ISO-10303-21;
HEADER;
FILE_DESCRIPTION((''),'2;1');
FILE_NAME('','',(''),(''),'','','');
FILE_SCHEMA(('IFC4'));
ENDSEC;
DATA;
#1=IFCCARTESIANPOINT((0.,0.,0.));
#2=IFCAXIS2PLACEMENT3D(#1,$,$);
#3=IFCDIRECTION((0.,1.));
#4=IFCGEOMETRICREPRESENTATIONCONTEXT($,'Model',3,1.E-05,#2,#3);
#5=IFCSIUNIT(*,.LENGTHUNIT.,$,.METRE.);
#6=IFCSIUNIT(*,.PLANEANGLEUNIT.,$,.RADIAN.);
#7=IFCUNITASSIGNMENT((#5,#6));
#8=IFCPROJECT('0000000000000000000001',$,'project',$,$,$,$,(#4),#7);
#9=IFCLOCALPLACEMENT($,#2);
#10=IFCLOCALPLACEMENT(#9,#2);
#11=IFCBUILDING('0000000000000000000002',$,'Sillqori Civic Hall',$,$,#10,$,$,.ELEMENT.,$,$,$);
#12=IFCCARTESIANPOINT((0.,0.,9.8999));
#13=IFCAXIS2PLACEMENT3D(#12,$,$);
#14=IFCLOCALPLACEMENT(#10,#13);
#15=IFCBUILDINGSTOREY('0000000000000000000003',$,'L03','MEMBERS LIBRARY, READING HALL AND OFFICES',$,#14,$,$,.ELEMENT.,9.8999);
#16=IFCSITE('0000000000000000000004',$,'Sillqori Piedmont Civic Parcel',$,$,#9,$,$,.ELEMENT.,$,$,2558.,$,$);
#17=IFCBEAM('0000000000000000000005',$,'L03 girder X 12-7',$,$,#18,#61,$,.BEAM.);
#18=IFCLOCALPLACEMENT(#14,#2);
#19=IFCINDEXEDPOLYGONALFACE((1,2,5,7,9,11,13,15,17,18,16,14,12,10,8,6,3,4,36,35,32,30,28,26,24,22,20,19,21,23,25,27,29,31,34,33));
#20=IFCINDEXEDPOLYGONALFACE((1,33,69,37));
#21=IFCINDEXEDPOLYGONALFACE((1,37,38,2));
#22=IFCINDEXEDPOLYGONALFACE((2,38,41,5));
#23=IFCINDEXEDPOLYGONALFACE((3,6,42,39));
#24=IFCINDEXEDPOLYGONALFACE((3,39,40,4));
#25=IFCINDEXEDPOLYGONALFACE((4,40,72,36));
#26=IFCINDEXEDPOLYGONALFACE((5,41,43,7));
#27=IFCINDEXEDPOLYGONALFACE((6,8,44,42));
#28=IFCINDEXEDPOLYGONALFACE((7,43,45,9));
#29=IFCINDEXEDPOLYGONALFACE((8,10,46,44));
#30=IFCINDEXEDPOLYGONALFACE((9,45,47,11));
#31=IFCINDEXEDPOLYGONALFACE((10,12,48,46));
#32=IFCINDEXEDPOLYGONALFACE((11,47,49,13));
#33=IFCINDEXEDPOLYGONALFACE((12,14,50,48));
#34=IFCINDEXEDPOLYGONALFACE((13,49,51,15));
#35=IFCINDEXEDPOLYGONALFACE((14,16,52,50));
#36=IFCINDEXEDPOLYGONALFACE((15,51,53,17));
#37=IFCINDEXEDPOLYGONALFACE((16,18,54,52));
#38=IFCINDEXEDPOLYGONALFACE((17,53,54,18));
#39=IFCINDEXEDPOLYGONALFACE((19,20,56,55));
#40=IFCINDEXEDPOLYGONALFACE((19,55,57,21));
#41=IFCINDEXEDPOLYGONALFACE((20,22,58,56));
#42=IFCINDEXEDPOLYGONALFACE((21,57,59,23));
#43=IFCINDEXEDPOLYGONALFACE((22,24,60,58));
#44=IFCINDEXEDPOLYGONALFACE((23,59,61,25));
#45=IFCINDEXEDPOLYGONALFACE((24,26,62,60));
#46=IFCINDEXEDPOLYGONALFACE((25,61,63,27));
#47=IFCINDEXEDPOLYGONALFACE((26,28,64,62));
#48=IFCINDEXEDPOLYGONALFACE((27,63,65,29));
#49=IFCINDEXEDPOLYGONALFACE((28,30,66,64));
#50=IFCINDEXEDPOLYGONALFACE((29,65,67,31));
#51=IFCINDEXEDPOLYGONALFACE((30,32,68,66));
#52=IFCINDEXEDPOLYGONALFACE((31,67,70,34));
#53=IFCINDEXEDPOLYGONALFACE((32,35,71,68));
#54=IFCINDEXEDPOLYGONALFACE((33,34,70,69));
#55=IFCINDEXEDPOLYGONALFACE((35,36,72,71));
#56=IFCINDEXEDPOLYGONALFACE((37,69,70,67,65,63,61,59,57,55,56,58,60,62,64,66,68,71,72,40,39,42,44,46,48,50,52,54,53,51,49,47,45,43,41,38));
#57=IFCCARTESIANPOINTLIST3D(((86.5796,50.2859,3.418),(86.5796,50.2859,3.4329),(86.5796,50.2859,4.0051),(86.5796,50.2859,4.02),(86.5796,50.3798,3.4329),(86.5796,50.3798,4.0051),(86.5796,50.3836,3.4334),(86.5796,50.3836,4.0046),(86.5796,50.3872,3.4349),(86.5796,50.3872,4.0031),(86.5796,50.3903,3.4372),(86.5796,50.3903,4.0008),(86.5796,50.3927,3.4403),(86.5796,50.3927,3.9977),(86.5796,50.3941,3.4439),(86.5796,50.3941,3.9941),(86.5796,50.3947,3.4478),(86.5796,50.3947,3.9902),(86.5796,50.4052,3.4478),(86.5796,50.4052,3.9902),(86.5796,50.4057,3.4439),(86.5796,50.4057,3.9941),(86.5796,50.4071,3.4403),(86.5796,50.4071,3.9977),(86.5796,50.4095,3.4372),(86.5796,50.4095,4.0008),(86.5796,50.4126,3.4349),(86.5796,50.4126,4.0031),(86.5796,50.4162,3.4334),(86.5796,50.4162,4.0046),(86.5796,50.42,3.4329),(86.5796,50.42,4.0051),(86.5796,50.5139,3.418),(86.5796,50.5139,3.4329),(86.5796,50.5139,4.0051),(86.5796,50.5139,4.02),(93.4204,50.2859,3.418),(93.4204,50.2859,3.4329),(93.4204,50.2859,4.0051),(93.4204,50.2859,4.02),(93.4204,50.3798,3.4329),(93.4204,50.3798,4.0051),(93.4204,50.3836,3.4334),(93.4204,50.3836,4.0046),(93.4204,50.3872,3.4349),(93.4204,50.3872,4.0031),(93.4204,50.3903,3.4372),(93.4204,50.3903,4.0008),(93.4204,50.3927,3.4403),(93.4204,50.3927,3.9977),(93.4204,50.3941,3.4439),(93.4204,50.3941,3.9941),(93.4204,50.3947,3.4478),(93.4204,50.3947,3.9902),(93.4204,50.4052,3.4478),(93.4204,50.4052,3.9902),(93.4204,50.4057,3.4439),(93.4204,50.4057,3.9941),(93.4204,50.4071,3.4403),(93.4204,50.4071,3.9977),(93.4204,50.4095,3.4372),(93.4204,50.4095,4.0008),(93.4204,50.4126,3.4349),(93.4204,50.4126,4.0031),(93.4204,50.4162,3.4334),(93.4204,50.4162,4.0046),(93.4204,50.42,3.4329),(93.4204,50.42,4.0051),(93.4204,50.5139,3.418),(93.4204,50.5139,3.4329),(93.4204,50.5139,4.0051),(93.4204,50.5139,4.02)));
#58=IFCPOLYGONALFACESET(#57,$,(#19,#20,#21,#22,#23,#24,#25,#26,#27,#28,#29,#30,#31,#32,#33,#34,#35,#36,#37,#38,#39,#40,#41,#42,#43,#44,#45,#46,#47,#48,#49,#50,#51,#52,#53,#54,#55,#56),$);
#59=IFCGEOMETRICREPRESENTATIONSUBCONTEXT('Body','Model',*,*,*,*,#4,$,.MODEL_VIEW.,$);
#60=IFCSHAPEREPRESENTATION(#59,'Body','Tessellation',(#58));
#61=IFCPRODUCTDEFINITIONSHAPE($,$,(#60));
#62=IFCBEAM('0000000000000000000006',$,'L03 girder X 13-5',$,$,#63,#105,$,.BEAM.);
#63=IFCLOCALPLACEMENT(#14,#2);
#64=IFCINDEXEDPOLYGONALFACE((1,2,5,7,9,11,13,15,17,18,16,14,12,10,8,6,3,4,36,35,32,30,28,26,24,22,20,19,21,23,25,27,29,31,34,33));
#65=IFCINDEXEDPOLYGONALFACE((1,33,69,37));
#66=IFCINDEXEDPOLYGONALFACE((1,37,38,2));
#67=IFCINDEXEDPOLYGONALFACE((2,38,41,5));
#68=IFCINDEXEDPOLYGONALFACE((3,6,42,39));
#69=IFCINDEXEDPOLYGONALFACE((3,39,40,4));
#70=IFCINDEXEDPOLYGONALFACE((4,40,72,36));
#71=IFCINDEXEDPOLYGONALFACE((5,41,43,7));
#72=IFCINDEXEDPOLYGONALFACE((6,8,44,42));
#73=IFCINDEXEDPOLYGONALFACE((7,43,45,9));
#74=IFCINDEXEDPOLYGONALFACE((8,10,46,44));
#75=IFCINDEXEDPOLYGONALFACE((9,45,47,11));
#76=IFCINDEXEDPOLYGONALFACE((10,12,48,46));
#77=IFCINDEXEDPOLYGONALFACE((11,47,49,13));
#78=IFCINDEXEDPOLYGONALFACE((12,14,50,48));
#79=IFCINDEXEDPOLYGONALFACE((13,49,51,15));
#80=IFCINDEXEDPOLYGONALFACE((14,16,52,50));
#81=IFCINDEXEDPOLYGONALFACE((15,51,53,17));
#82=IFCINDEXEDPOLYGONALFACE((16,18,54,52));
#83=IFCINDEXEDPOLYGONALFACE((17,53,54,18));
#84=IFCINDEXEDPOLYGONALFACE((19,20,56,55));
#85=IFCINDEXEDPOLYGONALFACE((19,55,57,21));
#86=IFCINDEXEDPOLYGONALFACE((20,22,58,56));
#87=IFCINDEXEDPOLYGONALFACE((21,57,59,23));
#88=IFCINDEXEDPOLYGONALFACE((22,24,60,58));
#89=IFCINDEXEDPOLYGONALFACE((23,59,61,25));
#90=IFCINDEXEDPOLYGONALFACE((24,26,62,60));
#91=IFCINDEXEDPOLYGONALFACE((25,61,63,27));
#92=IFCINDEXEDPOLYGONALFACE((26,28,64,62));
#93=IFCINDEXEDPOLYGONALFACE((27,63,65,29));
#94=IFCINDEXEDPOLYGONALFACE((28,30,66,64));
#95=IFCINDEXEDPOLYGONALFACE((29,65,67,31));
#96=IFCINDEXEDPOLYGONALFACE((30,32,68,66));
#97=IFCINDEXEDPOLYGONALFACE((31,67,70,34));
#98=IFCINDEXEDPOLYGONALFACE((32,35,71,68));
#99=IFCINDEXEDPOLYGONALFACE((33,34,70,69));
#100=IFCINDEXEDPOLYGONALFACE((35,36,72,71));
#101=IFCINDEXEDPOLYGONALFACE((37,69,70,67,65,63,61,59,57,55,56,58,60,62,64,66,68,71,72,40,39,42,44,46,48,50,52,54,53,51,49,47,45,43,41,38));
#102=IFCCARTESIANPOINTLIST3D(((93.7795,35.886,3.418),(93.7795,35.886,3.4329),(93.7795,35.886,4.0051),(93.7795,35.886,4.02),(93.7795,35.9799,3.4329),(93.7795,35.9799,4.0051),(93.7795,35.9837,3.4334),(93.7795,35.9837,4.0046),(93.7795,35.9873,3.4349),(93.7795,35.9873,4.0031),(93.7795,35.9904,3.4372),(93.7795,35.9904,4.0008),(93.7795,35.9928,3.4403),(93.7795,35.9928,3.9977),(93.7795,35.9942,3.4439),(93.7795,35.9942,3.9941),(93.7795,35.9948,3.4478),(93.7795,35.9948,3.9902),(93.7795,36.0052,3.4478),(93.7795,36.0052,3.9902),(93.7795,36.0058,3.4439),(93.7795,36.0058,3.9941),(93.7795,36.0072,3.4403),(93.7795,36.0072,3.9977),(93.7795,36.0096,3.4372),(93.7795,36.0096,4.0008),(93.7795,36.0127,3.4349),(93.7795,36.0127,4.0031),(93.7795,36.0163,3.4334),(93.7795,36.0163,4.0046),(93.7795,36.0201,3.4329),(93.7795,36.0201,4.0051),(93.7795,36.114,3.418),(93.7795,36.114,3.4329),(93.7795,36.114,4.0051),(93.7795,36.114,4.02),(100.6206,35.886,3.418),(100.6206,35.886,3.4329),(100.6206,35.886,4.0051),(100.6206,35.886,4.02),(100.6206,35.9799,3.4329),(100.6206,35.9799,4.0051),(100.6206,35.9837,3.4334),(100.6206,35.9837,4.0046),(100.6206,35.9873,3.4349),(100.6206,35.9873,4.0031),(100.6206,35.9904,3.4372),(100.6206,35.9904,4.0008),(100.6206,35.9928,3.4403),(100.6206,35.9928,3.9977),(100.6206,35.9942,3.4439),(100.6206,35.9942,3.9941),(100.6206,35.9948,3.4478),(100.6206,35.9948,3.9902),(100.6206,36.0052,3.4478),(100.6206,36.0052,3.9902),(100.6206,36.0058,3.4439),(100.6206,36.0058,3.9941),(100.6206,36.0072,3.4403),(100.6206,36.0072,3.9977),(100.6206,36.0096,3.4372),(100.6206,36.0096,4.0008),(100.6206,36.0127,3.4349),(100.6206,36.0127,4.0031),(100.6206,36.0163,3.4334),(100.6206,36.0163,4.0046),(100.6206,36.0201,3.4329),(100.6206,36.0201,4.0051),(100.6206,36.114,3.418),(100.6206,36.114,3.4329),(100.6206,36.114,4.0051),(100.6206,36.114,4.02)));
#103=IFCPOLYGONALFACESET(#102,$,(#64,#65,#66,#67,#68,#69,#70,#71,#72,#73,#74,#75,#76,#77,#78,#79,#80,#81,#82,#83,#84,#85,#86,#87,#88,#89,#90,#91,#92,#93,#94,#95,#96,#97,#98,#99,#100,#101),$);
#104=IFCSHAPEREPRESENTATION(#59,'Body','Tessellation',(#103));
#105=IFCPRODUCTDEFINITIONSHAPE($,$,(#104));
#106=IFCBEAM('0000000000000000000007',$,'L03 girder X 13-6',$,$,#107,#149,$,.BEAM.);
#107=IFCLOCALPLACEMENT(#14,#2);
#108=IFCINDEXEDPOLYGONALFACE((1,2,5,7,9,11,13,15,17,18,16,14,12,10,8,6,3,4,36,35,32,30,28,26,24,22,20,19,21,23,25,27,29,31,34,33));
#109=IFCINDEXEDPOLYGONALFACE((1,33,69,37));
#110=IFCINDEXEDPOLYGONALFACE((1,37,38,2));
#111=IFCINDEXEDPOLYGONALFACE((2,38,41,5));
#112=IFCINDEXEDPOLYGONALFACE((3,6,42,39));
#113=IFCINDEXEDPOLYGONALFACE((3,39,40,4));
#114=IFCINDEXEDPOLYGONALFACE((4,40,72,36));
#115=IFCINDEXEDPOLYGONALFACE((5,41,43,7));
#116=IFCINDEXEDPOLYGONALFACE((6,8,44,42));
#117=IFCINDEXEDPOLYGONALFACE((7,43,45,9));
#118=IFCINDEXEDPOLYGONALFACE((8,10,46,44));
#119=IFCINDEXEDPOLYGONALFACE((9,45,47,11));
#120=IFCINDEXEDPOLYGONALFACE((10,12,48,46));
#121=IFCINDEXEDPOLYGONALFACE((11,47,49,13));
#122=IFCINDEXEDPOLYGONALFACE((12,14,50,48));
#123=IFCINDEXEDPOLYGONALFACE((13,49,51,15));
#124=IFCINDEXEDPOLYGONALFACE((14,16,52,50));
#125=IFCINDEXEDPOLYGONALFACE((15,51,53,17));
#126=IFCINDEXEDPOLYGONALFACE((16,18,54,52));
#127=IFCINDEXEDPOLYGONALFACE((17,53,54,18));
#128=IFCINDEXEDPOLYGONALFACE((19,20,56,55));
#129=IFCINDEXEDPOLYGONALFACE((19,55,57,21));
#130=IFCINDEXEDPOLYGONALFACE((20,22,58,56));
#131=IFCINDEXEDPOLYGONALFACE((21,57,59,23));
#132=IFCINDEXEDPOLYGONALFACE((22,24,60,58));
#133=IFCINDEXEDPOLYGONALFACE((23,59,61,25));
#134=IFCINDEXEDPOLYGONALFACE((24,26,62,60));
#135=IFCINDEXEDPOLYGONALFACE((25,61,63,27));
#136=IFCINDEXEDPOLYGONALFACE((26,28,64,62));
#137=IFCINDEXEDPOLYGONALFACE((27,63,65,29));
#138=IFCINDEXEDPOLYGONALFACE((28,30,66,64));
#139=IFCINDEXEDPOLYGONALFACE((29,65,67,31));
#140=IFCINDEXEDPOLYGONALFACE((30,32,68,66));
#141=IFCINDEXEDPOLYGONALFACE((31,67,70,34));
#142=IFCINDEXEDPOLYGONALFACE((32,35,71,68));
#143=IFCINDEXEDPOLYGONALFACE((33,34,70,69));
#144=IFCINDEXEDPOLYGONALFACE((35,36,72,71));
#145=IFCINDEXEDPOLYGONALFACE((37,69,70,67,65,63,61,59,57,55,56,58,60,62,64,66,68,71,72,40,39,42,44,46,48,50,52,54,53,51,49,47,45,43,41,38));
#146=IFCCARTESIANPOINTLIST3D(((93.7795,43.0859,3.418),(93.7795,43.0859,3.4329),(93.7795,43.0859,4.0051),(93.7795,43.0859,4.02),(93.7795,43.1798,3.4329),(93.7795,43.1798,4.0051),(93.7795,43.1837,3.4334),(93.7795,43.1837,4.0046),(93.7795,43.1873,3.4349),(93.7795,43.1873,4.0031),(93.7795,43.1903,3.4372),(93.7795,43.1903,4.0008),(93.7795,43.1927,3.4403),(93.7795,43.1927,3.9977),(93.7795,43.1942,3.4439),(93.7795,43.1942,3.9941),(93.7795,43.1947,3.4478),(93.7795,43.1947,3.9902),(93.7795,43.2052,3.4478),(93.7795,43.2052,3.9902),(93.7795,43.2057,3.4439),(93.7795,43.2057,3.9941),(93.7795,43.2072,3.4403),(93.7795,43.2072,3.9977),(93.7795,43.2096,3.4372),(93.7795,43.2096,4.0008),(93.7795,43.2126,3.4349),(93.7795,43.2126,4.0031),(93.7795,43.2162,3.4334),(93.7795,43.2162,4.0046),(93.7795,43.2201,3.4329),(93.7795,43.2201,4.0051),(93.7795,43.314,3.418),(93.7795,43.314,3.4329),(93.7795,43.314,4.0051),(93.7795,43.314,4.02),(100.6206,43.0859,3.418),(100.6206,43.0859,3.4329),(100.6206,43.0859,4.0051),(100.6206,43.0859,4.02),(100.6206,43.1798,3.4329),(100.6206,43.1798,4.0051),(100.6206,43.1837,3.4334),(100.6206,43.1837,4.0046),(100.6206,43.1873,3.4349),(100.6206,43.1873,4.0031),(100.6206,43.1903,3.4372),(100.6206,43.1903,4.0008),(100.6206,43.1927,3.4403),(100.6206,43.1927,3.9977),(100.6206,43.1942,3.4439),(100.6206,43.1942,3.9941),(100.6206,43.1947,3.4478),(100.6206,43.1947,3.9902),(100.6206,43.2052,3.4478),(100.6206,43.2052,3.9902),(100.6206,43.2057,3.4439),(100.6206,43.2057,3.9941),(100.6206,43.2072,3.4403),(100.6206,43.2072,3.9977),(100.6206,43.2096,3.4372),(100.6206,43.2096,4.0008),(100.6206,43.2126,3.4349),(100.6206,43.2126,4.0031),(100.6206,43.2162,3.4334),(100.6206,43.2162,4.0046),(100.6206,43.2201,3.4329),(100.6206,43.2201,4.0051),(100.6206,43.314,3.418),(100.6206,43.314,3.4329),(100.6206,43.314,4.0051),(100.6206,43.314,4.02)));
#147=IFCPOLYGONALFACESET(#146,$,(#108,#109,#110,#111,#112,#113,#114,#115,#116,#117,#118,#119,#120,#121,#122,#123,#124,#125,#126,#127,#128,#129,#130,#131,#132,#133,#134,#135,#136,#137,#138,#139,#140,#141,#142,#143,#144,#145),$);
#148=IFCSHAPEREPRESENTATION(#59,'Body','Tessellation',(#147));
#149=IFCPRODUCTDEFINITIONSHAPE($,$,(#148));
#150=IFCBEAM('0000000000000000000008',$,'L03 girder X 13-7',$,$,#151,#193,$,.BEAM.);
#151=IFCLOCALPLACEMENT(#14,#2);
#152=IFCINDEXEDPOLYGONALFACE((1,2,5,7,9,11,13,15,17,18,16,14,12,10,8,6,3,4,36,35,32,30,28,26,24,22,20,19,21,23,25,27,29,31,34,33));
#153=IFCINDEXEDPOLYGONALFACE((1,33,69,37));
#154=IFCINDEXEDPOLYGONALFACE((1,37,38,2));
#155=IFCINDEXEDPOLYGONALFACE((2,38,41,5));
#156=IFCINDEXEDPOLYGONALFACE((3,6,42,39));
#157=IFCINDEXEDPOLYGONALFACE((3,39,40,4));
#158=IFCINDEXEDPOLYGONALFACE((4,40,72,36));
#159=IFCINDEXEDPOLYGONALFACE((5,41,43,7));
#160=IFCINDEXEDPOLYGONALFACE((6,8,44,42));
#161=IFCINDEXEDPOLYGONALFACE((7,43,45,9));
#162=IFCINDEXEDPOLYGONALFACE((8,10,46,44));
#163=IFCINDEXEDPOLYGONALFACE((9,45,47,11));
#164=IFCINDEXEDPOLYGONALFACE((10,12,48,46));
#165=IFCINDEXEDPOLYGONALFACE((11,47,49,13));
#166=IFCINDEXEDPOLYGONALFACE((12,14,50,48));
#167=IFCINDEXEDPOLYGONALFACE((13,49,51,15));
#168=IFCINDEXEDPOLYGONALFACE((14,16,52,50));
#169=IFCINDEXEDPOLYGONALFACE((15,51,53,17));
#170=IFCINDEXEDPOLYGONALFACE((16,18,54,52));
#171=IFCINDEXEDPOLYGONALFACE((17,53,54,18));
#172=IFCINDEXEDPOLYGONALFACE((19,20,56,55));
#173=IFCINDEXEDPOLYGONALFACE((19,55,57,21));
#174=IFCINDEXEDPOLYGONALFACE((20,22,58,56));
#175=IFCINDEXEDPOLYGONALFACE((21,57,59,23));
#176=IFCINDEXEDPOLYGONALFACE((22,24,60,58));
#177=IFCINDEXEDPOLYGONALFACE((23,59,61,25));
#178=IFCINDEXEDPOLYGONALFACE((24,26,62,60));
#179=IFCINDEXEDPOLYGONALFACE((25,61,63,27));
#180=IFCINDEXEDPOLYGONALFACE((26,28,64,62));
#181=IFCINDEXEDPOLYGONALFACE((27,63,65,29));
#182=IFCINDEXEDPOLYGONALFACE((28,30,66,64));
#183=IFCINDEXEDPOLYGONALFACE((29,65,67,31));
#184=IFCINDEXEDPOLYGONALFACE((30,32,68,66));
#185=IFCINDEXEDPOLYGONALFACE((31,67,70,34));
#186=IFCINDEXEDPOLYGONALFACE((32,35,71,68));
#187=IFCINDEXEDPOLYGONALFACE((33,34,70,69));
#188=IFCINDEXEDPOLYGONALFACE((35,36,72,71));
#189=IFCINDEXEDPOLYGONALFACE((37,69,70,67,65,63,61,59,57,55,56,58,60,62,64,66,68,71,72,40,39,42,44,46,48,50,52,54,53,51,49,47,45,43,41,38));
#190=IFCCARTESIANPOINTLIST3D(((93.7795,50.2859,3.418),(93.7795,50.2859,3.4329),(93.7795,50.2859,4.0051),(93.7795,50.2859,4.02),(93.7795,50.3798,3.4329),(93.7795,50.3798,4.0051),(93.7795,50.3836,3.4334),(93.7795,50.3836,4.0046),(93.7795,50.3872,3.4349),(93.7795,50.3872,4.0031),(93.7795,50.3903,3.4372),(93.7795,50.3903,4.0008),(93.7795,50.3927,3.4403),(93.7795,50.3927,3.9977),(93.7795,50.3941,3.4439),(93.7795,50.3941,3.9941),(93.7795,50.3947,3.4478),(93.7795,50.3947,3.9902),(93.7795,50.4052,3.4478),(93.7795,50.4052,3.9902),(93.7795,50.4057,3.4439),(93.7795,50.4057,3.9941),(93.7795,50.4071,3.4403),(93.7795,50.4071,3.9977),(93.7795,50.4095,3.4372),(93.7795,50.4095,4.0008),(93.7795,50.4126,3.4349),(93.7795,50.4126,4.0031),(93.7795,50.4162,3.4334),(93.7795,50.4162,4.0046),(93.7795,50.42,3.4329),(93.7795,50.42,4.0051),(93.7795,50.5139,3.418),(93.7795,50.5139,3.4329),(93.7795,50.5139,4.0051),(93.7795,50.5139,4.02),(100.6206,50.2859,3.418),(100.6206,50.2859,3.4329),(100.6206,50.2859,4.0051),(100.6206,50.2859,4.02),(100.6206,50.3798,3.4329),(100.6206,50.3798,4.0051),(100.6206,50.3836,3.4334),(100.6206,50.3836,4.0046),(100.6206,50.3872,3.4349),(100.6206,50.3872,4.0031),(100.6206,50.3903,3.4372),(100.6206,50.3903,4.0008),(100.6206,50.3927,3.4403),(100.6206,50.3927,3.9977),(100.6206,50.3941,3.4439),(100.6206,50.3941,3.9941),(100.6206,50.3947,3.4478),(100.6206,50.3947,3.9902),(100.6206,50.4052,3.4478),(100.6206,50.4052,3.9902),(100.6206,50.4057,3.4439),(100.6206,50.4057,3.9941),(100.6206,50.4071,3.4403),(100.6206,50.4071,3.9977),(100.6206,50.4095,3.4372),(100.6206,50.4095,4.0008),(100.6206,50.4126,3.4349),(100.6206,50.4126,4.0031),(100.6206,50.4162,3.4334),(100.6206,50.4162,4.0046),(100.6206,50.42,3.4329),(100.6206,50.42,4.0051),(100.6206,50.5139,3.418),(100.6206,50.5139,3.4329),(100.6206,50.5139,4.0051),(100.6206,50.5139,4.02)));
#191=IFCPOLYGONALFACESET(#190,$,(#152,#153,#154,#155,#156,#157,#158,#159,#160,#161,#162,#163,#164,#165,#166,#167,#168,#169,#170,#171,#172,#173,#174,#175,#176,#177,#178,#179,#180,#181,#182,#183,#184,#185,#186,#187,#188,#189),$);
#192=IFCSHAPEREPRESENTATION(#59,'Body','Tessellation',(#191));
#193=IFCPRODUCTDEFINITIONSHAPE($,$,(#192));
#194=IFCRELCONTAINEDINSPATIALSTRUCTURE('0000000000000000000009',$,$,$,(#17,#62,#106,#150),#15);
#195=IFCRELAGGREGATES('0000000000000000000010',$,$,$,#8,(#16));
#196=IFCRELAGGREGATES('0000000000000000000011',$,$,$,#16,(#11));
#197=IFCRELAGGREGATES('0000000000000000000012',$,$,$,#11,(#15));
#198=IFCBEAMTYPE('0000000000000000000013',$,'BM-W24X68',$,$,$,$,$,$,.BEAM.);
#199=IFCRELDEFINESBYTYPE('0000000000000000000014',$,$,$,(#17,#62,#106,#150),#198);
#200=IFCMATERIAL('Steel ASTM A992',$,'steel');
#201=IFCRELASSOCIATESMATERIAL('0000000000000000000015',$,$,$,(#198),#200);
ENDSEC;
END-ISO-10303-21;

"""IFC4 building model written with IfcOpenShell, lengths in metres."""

from ifc_helpers import new_model, si_unit, direction, frame, origin, origin_2d, place, context, subcontext, project, spatial, i_section, extrude, material, material_profile, profile_set, type_object, element, save


model = new_model("IFC4")

# Units and contexts
model_context = context("Model", 3, precision=1e-05, world=origin(), true_north=direction((0.0, 1.0)))
body_context = subcontext(model_context, "Body", "Model", "MODEL_VIEW")
ifc_project = project(units=[si_unit("LENGTHUNIT", "METRE"), si_unit("PLANEANGLEUNIT", "RADIAN")], contexts=[model_context])

# Site, building, storey
site_placement = place(None, origin())
site = spatial("IfcSite", under=ifc_project, at=site_placement, Name="Sillqori Piedmont Civic Parcel", CompositionType="ELEMENT", RefElevation=2558.0)
building_placement = place(site_placement, origin())
building = spatial("IfcBuilding", under=site, at=building_placement, Name="Sillqori Civic Hall", CompositionType="ELEMENT")
storey_placement = place(building_placement, frame((0.0, 0.0, 9.8999)))
storey = spatial("IfcBuildingStorey", under=building, at=storey_placement, Name="L03", Description="MEMBERS LIBRARY, READING HALL AND OFFICES", CompositionType="ELEMENT", Elevation=9.8999)

# Shared definitions
ifc_material_1 = material(Name="Steel ASTM A992", Category="steel")

# Beams
ifc_material_profile_1 = material_profile(ifc_material_1, i_section(OverallWidth=0.228, OverallDepth=0.6021, WebThickness=0.0105, FlangeThickness=0.0149, FilletRadius=0.0149, at=origin_2d()), Name="W24X68")
ifc_profile_set_1 = profile_set([ifc_material_profile_1], Name="Steel ASTM A992")
beam_type_1 = type_object("IfcBeamType", Name="BM-W24X68", PredefinedType="BEAM", material=ifc_profile_set_1)
for number, where, z_axis, x_axis, name in (
    (1, (86.5796, 50.3999, 3.719), (1.0, 0.0, 0.0), (0.0, 1.0, 0.0), "L03 girder X 12-7"),
):
    element("IfcBeam", number, at=place(storey_placement, frame(where, z_axis=z_axis, x_axis=x_axis)), inside=storey, type_object=beam_type_1, Name=name, PredefinedType="BEAM", context=body_context, shape_type="SweptSolid", body=[
        extrude(i_section(OverallWidth=0.228, OverallDepth=0.6021, WebThickness=0.0105, FlangeThickness=0.0149, FilletRadius=0.0149, at=origin_2d()), origin(), (0.0, 0.0, 1.0), 6.8408),
    ])
for number, where, z_axis, x_axis, name in (
    (2, (93.7795, 36.0, 3.719), (1.0, 0.0, 0.0), (0.0, 1.0, 0.0), "L03 girder X 13-5"),
    (3, (93.7795, 43.2, 3.719), (1.0, 0.0, 0.0), (0.0, 1.0, 0.0), "L03 girder X 13-6"),
    (4, (93.7795, 50.3999, 3.719), (1.0, 0.0, 0.0), (0.0, 1.0, 0.0), "L03 girder X 13-7"),
):
    element("IfcBeam", number, at=place(storey_placement, frame(where, z_axis=z_axis, x_axis=x_axis)), inside=storey, type_object=beam_type_1, Name=name, PredefinedType="BEAM", context=body_context, shape_type="SweptSolid", body=[
        extrude(i_section(OverallWidth=0.228, OverallDepth=0.6021, WebThickness=0.0105, FlangeThickness=0.0149, FilletRadius=0.0149, at=origin_2d()), origin(), (0.0, 0.0, 1.0), 6.8411),
    ])

save(model, "model.ifc")
